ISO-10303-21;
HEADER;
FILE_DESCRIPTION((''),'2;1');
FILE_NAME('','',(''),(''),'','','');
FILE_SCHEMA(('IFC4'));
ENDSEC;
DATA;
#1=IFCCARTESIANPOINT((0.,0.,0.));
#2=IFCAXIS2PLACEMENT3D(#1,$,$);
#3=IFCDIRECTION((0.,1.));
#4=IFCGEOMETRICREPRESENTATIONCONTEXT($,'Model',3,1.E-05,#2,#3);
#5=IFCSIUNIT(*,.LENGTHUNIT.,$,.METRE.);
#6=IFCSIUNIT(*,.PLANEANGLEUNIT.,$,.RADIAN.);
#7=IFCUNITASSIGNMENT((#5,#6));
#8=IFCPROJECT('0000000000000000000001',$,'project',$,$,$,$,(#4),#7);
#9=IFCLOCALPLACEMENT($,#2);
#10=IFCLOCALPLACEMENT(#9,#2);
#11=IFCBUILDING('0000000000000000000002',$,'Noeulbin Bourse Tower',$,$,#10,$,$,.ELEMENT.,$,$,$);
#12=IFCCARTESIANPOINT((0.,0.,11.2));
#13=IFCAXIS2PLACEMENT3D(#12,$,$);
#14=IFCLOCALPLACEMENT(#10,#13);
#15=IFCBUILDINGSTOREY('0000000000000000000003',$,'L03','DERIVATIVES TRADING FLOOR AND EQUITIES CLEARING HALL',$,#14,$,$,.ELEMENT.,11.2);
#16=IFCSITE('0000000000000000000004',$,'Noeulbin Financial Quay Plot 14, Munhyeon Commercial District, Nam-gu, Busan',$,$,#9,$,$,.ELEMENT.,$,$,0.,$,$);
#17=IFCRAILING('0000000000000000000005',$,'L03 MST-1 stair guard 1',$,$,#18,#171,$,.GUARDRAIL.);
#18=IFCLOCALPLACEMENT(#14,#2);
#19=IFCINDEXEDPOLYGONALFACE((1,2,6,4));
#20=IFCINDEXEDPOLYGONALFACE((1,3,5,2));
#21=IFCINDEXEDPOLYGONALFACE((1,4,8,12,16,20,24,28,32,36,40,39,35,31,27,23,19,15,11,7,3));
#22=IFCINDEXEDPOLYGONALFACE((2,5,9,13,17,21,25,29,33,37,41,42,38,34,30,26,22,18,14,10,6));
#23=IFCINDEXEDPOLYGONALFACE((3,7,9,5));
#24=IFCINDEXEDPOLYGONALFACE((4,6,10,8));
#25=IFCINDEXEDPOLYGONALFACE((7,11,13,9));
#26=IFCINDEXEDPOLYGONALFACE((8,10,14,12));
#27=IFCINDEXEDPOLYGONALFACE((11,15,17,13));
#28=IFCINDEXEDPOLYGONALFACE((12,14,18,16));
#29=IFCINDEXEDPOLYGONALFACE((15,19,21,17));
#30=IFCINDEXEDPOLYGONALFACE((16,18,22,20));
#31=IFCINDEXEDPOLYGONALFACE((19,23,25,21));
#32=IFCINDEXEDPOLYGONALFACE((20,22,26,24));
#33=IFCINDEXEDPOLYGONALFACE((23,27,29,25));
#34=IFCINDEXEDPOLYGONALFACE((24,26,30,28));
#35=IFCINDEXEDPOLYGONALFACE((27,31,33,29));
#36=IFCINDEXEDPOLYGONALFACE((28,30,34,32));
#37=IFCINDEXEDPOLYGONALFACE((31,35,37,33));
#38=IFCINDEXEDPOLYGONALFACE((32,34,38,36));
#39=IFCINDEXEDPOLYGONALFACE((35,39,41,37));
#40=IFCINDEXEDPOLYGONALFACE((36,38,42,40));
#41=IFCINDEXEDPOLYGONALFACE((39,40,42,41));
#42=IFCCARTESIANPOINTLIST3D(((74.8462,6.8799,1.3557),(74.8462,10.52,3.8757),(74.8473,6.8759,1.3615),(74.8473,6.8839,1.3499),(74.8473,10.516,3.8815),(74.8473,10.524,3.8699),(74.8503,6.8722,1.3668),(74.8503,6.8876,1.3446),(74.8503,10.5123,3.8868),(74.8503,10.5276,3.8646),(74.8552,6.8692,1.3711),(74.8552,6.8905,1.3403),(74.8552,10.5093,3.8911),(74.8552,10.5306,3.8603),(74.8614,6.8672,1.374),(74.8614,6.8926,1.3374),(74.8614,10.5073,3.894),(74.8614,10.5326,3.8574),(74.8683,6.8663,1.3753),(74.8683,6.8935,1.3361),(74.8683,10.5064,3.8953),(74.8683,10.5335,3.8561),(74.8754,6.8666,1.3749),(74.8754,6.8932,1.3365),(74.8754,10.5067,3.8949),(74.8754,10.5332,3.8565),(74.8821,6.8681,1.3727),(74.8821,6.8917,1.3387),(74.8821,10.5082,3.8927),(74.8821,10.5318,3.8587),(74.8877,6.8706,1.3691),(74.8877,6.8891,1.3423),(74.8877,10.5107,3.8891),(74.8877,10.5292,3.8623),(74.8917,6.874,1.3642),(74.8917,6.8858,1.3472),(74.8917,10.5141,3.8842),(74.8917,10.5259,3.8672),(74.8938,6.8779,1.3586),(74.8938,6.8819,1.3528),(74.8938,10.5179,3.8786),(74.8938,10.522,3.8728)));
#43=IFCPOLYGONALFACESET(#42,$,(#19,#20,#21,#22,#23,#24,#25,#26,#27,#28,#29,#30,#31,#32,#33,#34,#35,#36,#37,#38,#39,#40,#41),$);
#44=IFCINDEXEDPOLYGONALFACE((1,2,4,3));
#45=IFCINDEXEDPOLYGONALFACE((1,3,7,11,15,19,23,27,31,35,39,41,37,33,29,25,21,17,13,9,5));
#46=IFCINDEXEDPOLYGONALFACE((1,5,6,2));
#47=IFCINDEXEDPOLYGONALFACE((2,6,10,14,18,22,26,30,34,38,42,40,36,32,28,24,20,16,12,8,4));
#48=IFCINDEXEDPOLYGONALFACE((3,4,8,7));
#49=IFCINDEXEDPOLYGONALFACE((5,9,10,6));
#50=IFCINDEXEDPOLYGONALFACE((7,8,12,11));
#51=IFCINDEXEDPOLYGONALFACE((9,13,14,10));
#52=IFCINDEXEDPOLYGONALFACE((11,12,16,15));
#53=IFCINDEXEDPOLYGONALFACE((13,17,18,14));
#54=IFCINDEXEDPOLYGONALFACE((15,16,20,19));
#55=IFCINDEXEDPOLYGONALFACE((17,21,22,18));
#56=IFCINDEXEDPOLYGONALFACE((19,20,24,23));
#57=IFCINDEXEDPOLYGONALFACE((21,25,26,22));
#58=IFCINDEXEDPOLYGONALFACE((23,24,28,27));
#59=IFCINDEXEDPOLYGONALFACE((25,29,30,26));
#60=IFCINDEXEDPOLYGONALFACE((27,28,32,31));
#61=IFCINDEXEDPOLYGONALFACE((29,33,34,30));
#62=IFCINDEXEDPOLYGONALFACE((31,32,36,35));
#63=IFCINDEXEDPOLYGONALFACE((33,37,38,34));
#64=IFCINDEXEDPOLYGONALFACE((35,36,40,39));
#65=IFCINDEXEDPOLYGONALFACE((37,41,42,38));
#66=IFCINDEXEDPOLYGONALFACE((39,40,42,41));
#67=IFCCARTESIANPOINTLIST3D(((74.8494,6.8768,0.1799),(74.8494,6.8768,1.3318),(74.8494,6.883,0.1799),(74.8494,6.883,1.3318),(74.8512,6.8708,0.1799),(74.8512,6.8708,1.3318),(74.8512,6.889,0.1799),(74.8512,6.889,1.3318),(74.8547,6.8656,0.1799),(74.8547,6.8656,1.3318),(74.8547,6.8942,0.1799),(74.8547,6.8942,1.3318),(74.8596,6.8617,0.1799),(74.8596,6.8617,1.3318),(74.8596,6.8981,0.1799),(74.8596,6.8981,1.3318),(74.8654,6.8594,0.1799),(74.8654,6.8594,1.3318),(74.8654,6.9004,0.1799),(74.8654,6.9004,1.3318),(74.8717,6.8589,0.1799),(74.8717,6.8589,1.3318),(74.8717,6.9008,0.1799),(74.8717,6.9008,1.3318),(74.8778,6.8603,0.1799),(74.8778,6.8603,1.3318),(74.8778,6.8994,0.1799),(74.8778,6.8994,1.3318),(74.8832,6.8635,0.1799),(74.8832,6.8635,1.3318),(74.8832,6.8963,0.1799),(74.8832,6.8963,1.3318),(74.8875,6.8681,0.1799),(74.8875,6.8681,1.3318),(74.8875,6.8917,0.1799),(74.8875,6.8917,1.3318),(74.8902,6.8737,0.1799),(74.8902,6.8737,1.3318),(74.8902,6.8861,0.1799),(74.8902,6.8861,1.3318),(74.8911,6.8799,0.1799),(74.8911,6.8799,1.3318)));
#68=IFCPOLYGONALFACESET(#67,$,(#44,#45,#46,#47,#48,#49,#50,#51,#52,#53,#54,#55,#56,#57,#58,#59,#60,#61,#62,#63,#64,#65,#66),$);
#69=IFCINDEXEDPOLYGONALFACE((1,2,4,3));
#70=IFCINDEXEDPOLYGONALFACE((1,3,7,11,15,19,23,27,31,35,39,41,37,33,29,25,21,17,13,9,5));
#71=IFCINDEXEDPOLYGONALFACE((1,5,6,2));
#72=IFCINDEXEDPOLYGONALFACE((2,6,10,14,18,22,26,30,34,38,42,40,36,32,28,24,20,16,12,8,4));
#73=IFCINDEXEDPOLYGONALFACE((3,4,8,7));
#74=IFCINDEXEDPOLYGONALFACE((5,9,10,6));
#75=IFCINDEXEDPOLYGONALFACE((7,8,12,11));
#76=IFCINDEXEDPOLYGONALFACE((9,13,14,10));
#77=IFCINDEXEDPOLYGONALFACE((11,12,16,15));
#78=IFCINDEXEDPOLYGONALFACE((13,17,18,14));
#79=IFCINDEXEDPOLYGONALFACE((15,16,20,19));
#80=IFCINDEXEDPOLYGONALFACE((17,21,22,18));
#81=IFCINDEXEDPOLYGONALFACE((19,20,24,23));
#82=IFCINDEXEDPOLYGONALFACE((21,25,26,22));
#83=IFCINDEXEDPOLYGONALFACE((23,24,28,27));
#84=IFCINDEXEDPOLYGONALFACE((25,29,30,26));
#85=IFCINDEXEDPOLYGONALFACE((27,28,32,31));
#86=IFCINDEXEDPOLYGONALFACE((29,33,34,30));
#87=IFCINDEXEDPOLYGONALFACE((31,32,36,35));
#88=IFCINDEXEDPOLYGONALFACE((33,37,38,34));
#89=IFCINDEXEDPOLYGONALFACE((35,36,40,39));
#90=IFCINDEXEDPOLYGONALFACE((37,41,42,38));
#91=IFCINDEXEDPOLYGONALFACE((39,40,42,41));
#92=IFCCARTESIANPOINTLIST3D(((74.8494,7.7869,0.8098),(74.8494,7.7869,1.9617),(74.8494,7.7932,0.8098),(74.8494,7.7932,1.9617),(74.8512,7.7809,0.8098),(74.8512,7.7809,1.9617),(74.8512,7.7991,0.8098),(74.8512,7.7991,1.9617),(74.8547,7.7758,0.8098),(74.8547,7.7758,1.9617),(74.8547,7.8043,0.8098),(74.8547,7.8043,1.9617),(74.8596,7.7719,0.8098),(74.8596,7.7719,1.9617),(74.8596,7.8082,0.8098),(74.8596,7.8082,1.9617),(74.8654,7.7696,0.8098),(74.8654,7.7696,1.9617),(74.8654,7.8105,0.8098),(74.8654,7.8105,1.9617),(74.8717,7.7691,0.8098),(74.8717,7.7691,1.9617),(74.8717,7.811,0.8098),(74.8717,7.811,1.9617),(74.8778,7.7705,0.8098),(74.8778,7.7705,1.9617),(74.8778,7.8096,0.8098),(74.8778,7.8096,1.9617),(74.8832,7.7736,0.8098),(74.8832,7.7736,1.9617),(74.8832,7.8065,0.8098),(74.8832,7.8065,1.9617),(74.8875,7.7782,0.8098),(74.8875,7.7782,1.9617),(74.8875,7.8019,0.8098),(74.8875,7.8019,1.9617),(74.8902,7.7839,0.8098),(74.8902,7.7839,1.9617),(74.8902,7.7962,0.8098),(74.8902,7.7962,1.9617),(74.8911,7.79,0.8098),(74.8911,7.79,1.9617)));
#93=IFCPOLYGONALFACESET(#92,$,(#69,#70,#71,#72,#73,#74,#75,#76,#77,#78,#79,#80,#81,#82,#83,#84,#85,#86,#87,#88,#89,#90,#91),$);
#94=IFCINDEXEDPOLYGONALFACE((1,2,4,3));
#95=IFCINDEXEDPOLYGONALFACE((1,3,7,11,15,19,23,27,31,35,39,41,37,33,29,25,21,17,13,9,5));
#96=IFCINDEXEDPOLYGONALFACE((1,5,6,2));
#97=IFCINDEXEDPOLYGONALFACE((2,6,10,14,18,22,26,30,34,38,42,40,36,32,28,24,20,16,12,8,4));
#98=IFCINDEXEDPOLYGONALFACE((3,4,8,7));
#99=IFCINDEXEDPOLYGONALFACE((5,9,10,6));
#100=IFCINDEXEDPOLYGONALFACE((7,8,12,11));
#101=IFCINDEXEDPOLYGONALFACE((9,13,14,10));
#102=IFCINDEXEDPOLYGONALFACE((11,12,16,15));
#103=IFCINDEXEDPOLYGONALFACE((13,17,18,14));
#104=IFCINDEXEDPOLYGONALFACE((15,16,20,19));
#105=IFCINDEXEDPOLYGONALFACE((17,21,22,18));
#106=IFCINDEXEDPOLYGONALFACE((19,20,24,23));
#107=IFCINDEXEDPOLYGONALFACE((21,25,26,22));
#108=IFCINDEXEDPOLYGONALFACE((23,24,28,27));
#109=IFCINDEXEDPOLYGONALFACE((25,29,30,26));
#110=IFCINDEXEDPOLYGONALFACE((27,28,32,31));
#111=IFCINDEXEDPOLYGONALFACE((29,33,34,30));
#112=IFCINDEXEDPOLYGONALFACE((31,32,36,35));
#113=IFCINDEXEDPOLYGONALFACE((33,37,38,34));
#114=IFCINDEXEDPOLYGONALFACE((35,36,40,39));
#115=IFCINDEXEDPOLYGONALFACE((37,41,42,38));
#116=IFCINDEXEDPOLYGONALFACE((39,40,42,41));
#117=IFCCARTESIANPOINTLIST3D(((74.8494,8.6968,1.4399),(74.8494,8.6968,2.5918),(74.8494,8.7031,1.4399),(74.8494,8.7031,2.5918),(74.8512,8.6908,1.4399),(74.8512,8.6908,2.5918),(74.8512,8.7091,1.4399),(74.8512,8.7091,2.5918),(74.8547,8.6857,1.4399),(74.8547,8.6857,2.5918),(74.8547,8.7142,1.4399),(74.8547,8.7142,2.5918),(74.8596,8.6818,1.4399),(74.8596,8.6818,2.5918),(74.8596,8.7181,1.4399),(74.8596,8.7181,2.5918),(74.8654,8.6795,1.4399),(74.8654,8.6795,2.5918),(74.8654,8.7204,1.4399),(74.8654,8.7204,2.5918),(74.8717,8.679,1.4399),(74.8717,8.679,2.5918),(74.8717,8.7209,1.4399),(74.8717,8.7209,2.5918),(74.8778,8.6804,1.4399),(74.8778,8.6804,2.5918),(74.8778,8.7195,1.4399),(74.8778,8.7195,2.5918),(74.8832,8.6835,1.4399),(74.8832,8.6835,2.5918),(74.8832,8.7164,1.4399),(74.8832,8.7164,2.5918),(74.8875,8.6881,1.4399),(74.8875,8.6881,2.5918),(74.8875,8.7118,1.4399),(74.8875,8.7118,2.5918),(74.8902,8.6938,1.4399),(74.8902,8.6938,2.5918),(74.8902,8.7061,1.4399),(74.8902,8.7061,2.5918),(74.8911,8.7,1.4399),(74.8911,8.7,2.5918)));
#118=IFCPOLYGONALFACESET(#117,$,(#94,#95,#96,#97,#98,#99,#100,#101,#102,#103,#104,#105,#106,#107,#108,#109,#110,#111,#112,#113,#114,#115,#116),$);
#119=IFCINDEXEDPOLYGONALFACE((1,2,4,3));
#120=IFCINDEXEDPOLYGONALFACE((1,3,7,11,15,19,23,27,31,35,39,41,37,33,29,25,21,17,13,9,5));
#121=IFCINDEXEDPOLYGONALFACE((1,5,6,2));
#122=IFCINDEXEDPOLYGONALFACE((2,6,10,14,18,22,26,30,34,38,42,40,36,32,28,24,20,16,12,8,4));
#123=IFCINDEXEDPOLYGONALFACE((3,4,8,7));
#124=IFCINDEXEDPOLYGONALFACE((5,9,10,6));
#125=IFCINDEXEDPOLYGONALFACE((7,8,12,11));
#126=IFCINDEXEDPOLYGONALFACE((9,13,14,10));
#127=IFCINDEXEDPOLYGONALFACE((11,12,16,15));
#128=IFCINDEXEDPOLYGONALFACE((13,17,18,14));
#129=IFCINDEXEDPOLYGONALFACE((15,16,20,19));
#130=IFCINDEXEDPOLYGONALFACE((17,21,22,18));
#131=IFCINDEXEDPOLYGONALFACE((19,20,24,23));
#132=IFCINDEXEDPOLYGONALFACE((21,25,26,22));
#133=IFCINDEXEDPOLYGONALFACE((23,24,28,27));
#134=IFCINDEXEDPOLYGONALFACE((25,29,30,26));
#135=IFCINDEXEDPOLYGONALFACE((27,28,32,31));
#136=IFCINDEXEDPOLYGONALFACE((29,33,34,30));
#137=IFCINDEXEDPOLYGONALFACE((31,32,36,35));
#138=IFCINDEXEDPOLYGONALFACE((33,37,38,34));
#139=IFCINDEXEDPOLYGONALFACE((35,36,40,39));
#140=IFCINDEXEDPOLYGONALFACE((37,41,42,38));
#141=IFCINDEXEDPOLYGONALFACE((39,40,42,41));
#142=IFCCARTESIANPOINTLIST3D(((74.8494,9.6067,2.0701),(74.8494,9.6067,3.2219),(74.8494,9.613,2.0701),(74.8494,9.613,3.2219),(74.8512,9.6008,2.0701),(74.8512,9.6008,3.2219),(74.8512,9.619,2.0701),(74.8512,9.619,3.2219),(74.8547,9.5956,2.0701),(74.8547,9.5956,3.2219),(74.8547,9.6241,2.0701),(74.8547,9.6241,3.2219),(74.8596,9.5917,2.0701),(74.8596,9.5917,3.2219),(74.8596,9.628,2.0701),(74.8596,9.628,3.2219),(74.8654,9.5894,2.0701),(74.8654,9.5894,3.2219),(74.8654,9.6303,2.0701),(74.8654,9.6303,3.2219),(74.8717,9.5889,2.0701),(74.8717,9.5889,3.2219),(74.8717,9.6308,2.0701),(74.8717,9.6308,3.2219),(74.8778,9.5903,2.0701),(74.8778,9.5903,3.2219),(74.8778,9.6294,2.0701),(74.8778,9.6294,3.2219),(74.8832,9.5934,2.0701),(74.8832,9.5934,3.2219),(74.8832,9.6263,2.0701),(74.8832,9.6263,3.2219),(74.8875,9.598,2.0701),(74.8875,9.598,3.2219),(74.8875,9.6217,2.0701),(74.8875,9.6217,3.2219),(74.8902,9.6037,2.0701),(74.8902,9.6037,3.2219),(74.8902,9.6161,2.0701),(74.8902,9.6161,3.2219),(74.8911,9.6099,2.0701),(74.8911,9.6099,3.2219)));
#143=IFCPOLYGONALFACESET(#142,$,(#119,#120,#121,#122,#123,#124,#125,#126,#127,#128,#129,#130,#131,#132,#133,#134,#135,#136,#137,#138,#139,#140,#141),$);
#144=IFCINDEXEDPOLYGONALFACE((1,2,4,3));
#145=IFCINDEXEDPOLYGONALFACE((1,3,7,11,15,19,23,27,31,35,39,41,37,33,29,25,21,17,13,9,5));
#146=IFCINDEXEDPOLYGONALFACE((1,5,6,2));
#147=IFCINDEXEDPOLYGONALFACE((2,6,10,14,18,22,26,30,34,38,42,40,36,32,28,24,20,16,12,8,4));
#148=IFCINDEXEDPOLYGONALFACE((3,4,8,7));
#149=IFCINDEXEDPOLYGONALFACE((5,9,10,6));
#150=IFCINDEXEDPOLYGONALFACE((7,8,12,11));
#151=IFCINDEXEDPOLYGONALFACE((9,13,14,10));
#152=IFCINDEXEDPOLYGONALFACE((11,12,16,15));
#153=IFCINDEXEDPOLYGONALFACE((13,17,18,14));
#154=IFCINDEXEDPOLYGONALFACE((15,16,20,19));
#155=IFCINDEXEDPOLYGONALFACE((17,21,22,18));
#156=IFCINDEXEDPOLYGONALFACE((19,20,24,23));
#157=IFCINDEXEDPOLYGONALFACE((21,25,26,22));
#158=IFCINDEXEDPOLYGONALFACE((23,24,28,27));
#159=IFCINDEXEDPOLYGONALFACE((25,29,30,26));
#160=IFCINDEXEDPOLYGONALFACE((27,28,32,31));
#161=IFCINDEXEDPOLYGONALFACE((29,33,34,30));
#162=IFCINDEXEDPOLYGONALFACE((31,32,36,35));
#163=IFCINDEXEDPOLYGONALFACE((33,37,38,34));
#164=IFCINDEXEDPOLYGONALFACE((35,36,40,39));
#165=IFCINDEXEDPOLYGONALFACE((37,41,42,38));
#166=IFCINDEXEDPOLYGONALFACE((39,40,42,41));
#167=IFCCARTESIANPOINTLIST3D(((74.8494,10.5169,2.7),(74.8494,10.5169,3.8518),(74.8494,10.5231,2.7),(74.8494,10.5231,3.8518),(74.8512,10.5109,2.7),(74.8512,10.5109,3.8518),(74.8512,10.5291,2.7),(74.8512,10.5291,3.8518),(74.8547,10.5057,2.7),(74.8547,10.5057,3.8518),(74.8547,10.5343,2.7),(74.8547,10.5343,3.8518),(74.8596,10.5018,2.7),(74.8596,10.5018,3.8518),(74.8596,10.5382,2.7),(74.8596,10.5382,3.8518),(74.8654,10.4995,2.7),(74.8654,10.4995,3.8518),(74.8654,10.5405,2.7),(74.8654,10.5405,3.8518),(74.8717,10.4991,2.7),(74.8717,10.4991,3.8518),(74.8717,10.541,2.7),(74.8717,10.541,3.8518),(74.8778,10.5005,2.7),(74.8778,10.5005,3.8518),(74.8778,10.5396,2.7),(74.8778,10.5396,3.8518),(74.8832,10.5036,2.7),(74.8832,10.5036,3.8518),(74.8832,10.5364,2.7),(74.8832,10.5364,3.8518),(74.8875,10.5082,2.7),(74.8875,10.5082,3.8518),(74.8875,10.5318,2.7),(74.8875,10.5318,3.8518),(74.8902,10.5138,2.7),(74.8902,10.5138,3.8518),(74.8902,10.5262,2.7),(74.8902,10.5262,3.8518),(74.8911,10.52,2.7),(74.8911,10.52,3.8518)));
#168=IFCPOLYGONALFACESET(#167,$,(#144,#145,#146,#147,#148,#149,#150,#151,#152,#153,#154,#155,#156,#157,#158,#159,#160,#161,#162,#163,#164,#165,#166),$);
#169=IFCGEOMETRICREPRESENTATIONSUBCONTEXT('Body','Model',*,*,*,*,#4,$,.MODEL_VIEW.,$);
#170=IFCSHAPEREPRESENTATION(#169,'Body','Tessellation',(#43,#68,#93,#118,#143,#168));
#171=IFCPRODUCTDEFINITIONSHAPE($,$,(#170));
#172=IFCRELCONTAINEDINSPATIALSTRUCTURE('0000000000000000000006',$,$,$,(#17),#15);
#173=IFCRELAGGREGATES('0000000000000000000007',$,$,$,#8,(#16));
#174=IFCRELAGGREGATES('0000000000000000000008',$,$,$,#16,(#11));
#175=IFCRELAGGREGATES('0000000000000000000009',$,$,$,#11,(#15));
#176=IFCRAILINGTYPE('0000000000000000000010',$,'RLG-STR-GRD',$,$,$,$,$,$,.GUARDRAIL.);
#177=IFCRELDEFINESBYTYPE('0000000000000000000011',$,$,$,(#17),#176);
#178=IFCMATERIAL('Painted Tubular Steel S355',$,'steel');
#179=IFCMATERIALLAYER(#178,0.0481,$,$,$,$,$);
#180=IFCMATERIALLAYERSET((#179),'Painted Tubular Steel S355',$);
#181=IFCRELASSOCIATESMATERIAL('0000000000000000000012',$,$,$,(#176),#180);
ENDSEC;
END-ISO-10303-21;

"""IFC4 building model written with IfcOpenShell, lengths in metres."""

from ifc_helpers import new_model, si_unit, direction, frame, origin, origin_2d, place, context, subcontext, project, spatial, circle, extrude, material, layer, layer_set, type_object, element, save


model = new_model("IFC4")

# Units and contexts
model_context = context("Model", 3, precision=1e-05, world=origin(), true_north=direction((0.0, 1.0)))
body_context = subcontext(model_context, "Body", "Model", "MODEL_VIEW")
ifc_project = project(units=[si_unit("LENGTHUNIT", "METRE"), si_unit("PLANEANGLEUNIT", "RADIAN")], contexts=[model_context])

# Site, building, storey
site_placement = place(None, origin())
site = spatial("IfcSite", under=ifc_project, at=site_placement, Name="Noeulbin Financial Quay Plot 14, Munhyeon Commercial District, Nam-gu, Busan", CompositionType="ELEMENT", RefElevation=0.0)
building_placement = place(site_placement, origin())
building = spatial("IfcBuilding", under=site, at=building_placement, Name="Noeulbin Bourse Tower", CompositionType="ELEMENT")
storey_placement = place(building_placement, frame((0.0, 0.0, 11.2)))
storey = spatial("IfcBuildingStorey", under=building, at=storey_placement, Name="L03", Description="DERIVATIVES TRADING FLOOR AND EQUITIES CLEARING HALL", CompositionType="ELEMENT", Elevation=11.2)

# Railing
ifc_material_1 = material(Name="Painted Tubular Steel S355", Category="steel")
ifc_layer_1 = layer(ifc_material_1, 0.0481)
ifc_layer_set_1 = layer_set([ifc_layer_1], Name="Painted Tubular Steel S355")
railing_type_1 = type_object("IfcRailingType", Name="RLG-STR-GRD", PredefinedType="GUARDRAIL", material=ifc_layer_set_1)
railing_1_placement = place(storey_placement, frame((74.8701, 6.8799, 0.1799)))
element("IfcRailing", 1, at=railing_1_placement, inside=storey, type_object=railing_type_1, Name="L03 MST-1 stair guard 1", PredefinedType="GUARDRAIL", context=body_context, shape_type="SweptSolid", body=[
    extrude(circle(Radius=0.0239, at=origin_2d()), frame((0.0, 0.0, 1.1758), z_axis=(0.0, 0.8222, 0.569199), x_axis=(-1.0, 0.0, 0.0)), (0.0, 0.0, 1.0), 4.4272),
    extrude(circle(Radius=0.021, at=origin_2d()), origin(), (0.0, 0.0, 1.0), 1.1519),
    extrude(circle(Radius=0.021, at=origin_2d()), frame((0.0, 0.9102, 0.6299)), (0.0, 0.0, 1.0), 1.1519),
    extrude(circle(Radius=0.021, at=origin_2d()), frame((0.0, 1.8201, 1.26)), (0.0, 0.0, 1.0), 1.1519),
    extrude(circle(Radius=0.021, at=origin_2d()), frame((0.0, 2.73, 1.8901)), (0.0, 0.0, 1.0), 1.1519),
    extrude(circle(Radius=0.021, at=origin_2d()), frame((0.0, 3.6401, 2.52)), (0.0, 0.0, 1.0), 1.1519),
])

save(model, "model.ifc")
